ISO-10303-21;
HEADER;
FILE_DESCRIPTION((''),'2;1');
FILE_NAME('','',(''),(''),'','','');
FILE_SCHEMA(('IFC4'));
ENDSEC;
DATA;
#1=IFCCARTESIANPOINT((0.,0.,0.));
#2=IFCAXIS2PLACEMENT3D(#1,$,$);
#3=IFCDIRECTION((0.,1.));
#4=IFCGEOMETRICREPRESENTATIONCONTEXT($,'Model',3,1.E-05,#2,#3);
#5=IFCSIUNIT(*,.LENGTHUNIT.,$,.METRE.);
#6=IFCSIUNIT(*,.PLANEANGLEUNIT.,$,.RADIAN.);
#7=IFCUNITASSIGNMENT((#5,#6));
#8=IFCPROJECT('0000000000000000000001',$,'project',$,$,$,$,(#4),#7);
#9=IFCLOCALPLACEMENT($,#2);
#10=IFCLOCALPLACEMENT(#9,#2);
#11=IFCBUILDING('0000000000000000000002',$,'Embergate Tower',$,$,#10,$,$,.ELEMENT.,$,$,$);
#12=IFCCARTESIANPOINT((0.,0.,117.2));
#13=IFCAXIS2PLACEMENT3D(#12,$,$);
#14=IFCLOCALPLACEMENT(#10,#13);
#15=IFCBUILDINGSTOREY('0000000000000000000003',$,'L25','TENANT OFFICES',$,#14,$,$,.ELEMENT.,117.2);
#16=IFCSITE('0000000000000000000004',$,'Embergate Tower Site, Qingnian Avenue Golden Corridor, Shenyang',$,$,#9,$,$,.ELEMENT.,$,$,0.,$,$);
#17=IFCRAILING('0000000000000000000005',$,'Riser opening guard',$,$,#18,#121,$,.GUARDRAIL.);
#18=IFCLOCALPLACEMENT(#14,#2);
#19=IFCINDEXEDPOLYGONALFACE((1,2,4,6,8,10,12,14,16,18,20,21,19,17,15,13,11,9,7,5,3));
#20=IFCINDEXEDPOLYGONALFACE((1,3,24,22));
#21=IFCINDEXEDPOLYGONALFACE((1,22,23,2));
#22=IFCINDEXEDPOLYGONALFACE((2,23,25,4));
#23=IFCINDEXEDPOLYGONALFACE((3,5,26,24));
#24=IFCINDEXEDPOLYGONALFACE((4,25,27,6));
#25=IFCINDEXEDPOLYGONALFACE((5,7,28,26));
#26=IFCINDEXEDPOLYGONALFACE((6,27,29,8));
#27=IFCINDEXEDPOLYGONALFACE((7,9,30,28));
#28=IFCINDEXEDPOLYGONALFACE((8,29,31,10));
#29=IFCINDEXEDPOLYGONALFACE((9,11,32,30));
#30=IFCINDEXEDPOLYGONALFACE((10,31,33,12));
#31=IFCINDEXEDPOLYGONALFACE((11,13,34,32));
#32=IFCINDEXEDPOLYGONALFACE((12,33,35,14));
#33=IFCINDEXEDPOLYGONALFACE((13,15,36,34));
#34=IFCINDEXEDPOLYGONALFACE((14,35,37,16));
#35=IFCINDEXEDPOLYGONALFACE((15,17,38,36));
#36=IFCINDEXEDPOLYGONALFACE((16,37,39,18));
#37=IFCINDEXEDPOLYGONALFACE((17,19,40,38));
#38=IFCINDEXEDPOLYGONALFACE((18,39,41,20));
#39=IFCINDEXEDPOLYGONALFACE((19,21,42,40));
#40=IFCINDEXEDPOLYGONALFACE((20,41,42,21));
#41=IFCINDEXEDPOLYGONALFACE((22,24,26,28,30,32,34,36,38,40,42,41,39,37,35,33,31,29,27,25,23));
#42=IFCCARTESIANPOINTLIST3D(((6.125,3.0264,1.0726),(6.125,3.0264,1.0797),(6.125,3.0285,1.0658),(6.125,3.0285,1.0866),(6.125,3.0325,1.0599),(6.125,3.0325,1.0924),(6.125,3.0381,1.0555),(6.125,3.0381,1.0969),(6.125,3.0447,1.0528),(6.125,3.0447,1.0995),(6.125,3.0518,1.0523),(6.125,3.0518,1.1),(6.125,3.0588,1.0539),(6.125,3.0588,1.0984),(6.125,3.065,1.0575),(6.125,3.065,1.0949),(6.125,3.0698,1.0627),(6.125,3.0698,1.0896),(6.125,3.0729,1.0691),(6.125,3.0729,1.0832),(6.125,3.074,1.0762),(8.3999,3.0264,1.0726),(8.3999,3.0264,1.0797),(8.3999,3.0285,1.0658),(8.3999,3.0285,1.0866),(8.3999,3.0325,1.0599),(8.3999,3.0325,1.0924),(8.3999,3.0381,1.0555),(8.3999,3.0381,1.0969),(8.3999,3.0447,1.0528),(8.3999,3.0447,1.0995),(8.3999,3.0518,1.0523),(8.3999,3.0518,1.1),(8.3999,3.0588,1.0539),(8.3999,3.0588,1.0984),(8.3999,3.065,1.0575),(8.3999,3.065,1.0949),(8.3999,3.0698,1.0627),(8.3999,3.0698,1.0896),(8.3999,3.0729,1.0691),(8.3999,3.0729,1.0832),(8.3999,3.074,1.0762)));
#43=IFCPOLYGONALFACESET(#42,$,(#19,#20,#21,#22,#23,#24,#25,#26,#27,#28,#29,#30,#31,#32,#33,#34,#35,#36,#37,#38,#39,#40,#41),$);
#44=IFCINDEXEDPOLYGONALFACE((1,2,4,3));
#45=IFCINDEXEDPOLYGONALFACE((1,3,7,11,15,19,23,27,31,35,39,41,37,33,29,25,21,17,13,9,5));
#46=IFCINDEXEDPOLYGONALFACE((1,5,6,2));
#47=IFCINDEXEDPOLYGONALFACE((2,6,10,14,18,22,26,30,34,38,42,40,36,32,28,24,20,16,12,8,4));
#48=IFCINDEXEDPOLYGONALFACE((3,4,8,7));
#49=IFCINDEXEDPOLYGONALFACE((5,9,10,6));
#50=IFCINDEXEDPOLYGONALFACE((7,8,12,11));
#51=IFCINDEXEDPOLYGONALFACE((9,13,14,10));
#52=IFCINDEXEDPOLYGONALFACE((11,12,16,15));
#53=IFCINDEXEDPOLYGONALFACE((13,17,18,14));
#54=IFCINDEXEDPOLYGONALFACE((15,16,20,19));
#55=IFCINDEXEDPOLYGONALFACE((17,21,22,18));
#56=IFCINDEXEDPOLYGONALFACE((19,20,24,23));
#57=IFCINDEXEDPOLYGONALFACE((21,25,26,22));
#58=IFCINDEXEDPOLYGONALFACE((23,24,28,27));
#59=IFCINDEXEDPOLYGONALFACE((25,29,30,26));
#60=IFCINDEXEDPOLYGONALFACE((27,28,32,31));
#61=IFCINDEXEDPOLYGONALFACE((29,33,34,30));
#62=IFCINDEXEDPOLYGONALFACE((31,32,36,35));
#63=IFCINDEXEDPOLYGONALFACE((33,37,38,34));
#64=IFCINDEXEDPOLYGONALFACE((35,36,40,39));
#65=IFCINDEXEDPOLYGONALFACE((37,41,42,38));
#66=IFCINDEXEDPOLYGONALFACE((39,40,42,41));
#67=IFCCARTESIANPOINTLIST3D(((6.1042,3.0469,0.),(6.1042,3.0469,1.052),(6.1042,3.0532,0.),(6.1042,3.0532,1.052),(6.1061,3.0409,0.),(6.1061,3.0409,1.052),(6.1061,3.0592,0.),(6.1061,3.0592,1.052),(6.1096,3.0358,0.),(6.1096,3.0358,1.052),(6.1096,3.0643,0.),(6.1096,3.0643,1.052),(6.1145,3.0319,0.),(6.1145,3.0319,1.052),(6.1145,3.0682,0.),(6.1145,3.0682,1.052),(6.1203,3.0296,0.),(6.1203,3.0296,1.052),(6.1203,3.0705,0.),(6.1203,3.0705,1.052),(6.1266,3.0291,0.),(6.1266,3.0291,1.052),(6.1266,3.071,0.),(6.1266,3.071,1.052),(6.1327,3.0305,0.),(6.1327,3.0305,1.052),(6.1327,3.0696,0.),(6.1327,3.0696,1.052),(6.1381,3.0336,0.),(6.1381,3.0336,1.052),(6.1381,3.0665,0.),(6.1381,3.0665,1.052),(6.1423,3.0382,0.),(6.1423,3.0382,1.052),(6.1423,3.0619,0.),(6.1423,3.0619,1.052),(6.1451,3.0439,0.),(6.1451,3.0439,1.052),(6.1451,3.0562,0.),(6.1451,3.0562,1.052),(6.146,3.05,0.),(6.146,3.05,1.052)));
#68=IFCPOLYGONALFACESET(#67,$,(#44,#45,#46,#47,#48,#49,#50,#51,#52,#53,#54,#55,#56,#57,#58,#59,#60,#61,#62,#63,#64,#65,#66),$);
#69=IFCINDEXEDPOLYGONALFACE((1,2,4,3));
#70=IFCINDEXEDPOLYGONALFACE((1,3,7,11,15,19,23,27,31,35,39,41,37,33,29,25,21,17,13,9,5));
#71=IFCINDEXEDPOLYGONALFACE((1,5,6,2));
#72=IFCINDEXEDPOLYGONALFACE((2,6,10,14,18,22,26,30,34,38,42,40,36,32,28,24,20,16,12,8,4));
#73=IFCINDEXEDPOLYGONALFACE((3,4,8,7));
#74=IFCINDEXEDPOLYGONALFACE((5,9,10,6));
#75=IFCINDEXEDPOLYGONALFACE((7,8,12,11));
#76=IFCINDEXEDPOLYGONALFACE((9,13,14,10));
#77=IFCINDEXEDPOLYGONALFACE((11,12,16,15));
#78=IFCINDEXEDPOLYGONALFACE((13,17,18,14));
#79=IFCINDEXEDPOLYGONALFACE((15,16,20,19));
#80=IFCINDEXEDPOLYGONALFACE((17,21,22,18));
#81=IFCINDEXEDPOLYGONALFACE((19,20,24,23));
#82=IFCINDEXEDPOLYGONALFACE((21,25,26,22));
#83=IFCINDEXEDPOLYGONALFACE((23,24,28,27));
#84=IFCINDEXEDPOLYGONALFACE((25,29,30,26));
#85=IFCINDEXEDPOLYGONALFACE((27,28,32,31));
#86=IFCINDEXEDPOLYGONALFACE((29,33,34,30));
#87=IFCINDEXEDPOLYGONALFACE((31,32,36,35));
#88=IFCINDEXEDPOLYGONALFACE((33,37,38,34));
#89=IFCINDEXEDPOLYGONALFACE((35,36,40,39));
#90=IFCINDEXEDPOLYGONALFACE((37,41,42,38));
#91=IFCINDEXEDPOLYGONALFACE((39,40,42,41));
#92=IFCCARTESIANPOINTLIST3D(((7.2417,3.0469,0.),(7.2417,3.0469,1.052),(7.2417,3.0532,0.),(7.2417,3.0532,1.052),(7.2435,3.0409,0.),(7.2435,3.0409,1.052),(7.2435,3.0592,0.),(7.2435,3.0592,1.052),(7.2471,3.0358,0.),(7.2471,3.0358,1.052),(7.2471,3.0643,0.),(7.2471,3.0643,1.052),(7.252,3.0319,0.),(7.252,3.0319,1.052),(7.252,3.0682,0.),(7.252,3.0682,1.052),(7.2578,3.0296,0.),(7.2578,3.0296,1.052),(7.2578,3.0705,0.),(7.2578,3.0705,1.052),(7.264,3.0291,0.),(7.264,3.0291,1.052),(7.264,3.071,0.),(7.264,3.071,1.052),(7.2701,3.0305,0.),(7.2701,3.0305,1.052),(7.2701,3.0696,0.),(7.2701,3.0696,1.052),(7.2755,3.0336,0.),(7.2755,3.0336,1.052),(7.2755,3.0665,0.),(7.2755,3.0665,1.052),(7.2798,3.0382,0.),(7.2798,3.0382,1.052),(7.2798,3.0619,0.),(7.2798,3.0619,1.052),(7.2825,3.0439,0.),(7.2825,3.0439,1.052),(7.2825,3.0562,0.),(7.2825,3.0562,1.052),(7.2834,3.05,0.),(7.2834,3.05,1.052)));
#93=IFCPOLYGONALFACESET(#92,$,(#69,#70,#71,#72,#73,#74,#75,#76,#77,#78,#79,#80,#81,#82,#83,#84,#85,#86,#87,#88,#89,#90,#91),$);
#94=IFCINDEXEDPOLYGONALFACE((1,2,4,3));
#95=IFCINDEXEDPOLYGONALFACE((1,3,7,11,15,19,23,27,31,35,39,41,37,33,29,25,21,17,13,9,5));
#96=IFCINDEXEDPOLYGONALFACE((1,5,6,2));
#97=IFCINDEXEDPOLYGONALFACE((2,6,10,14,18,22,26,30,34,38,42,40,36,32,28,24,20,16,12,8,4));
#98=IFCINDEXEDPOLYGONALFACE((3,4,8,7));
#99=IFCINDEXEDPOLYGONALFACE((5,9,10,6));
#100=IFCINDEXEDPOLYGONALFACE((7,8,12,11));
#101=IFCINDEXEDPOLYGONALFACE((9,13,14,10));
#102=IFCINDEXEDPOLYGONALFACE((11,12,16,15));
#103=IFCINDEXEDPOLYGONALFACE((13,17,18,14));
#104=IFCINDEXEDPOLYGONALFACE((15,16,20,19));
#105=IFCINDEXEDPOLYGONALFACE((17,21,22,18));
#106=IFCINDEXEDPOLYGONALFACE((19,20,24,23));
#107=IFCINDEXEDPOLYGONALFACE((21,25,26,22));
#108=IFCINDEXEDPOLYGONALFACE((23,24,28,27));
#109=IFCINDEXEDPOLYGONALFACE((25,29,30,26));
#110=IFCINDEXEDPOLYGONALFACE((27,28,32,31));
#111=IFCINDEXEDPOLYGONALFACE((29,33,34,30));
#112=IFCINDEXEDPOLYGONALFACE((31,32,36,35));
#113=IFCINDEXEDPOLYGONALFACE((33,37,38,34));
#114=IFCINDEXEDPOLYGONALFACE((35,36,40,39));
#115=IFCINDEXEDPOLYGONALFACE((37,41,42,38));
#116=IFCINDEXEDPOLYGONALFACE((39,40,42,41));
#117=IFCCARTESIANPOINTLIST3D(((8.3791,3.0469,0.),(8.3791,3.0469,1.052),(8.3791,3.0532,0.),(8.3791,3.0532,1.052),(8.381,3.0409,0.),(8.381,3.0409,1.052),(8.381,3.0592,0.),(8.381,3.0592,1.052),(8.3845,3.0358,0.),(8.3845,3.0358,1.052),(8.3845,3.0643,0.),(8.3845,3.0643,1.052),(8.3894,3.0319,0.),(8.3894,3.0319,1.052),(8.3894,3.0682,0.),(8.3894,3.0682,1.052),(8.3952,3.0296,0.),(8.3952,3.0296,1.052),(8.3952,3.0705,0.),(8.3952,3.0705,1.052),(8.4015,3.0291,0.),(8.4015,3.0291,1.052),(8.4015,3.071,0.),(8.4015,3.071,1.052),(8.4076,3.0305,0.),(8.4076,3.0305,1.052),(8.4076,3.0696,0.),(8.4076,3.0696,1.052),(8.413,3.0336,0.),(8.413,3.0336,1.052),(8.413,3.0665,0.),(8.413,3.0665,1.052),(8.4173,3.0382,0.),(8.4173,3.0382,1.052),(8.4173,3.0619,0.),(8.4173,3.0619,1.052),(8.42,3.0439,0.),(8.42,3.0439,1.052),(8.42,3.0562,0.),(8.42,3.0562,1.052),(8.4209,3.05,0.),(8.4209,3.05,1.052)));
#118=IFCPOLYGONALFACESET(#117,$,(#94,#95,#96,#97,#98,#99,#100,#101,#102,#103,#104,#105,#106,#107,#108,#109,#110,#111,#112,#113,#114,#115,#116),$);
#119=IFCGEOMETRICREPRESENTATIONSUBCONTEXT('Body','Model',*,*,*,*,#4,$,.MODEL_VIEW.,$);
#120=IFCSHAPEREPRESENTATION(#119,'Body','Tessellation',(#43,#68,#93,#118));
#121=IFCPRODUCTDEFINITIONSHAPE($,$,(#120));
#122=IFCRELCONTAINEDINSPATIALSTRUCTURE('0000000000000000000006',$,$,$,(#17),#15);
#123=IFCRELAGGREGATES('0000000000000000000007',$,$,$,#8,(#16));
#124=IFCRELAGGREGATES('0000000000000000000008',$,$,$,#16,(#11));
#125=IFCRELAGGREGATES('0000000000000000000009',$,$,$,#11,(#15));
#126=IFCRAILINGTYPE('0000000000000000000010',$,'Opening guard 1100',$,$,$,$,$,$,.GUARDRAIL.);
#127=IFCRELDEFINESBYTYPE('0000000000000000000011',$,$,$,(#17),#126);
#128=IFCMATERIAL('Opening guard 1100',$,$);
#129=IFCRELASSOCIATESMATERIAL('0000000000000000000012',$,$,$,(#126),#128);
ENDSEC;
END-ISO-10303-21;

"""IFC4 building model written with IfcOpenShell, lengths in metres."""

from ifc_helpers import new_model, si_unit, direction, frame, origin, origin_2d, place, context, subcontext, project, spatial, circle, extrude, source, transform, mapped, material, type_object, element, save


model = new_model("IFC4")

# Units and contexts
model_context = context("Model", 3, precision=1e-05, world=origin(), true_north=direction((0.0, 1.0)))
body_context = subcontext(model_context, "Body", "Model", "MODEL_VIEW")
ifc_project = project(units=[si_unit("LENGTHUNIT", "METRE"), si_unit("PLANEANGLEUNIT", "RADIAN")], contexts=[model_context])

# Site, building, storey
site_placement = place(None, origin())
site = spatial("IfcSite", under=ifc_project, at=site_placement, Name="Embergate Tower Site, Qingnian Avenue Golden Corridor, Shenyang", CompositionType="ELEMENT", RefElevation=0.0)
building_placement = place(site_placement, origin())
building = spatial("IfcBuilding", under=site, at=building_placement, Name="Embergate Tower", CompositionType="ELEMENT")
storey_placement = place(building_placement, frame((0.0, 0.0, 117.2)))
storey = spatial("IfcBuildingStorey", under=building, at=storey_placement, Name="L25", Description="TENANT OFFICES", CompositionType="ELEMENT", Elevation=117.2)

# Railing
ifc_material_1 = material(Name="Opening guard 1100")
railing_type_1 = type_object("IfcRailingType", Name="Opening guard 1100", PredefinedType="GUARDRAIL", material=ifc_material_1)
shared_shape_1 = source(origin(), body_context, "Body", "SweptSolid", [
    extrude(circle(Radius=0.0239, at=origin_2d()), frame((0.0, 0.0, 1.0762), z_axis=(1.0, 0.0, 0.0), x_axis=(0.0, 1.0, 0.0)), (0.0, 0.0, 1.0), 2.2749),
    extrude(circle(Radius=0.021, at=origin_2d()), origin(), (0.0, 0.0, 1.0), 1.052),
    extrude(circle(Radius=0.021, at=origin_2d()), frame((1.1375, 0.0, 0.0)), (0.0, 0.0, 1.0), 1.052),
    extrude(circle(Radius=0.021, at=origin_2d()), frame((2.2749, 0.0, 0.0)), (0.0, 0.0, 1.0), 1.052),
])
railing_1_placement = place(storey_placement, frame((6.125, 3.05, 0.0)))
element("IfcRailing", 1, at=railing_1_placement, inside=storey, type_object=railing_type_1, Name="Riser opening guard", PredefinedType="GUARDRAIL", context=body_context, shape_type="MappedRepresentation", body=[
    mapped(shared_shape_1, transform((0.0, 0.0, 0.0))),
])

save(model, "model.ifc")
